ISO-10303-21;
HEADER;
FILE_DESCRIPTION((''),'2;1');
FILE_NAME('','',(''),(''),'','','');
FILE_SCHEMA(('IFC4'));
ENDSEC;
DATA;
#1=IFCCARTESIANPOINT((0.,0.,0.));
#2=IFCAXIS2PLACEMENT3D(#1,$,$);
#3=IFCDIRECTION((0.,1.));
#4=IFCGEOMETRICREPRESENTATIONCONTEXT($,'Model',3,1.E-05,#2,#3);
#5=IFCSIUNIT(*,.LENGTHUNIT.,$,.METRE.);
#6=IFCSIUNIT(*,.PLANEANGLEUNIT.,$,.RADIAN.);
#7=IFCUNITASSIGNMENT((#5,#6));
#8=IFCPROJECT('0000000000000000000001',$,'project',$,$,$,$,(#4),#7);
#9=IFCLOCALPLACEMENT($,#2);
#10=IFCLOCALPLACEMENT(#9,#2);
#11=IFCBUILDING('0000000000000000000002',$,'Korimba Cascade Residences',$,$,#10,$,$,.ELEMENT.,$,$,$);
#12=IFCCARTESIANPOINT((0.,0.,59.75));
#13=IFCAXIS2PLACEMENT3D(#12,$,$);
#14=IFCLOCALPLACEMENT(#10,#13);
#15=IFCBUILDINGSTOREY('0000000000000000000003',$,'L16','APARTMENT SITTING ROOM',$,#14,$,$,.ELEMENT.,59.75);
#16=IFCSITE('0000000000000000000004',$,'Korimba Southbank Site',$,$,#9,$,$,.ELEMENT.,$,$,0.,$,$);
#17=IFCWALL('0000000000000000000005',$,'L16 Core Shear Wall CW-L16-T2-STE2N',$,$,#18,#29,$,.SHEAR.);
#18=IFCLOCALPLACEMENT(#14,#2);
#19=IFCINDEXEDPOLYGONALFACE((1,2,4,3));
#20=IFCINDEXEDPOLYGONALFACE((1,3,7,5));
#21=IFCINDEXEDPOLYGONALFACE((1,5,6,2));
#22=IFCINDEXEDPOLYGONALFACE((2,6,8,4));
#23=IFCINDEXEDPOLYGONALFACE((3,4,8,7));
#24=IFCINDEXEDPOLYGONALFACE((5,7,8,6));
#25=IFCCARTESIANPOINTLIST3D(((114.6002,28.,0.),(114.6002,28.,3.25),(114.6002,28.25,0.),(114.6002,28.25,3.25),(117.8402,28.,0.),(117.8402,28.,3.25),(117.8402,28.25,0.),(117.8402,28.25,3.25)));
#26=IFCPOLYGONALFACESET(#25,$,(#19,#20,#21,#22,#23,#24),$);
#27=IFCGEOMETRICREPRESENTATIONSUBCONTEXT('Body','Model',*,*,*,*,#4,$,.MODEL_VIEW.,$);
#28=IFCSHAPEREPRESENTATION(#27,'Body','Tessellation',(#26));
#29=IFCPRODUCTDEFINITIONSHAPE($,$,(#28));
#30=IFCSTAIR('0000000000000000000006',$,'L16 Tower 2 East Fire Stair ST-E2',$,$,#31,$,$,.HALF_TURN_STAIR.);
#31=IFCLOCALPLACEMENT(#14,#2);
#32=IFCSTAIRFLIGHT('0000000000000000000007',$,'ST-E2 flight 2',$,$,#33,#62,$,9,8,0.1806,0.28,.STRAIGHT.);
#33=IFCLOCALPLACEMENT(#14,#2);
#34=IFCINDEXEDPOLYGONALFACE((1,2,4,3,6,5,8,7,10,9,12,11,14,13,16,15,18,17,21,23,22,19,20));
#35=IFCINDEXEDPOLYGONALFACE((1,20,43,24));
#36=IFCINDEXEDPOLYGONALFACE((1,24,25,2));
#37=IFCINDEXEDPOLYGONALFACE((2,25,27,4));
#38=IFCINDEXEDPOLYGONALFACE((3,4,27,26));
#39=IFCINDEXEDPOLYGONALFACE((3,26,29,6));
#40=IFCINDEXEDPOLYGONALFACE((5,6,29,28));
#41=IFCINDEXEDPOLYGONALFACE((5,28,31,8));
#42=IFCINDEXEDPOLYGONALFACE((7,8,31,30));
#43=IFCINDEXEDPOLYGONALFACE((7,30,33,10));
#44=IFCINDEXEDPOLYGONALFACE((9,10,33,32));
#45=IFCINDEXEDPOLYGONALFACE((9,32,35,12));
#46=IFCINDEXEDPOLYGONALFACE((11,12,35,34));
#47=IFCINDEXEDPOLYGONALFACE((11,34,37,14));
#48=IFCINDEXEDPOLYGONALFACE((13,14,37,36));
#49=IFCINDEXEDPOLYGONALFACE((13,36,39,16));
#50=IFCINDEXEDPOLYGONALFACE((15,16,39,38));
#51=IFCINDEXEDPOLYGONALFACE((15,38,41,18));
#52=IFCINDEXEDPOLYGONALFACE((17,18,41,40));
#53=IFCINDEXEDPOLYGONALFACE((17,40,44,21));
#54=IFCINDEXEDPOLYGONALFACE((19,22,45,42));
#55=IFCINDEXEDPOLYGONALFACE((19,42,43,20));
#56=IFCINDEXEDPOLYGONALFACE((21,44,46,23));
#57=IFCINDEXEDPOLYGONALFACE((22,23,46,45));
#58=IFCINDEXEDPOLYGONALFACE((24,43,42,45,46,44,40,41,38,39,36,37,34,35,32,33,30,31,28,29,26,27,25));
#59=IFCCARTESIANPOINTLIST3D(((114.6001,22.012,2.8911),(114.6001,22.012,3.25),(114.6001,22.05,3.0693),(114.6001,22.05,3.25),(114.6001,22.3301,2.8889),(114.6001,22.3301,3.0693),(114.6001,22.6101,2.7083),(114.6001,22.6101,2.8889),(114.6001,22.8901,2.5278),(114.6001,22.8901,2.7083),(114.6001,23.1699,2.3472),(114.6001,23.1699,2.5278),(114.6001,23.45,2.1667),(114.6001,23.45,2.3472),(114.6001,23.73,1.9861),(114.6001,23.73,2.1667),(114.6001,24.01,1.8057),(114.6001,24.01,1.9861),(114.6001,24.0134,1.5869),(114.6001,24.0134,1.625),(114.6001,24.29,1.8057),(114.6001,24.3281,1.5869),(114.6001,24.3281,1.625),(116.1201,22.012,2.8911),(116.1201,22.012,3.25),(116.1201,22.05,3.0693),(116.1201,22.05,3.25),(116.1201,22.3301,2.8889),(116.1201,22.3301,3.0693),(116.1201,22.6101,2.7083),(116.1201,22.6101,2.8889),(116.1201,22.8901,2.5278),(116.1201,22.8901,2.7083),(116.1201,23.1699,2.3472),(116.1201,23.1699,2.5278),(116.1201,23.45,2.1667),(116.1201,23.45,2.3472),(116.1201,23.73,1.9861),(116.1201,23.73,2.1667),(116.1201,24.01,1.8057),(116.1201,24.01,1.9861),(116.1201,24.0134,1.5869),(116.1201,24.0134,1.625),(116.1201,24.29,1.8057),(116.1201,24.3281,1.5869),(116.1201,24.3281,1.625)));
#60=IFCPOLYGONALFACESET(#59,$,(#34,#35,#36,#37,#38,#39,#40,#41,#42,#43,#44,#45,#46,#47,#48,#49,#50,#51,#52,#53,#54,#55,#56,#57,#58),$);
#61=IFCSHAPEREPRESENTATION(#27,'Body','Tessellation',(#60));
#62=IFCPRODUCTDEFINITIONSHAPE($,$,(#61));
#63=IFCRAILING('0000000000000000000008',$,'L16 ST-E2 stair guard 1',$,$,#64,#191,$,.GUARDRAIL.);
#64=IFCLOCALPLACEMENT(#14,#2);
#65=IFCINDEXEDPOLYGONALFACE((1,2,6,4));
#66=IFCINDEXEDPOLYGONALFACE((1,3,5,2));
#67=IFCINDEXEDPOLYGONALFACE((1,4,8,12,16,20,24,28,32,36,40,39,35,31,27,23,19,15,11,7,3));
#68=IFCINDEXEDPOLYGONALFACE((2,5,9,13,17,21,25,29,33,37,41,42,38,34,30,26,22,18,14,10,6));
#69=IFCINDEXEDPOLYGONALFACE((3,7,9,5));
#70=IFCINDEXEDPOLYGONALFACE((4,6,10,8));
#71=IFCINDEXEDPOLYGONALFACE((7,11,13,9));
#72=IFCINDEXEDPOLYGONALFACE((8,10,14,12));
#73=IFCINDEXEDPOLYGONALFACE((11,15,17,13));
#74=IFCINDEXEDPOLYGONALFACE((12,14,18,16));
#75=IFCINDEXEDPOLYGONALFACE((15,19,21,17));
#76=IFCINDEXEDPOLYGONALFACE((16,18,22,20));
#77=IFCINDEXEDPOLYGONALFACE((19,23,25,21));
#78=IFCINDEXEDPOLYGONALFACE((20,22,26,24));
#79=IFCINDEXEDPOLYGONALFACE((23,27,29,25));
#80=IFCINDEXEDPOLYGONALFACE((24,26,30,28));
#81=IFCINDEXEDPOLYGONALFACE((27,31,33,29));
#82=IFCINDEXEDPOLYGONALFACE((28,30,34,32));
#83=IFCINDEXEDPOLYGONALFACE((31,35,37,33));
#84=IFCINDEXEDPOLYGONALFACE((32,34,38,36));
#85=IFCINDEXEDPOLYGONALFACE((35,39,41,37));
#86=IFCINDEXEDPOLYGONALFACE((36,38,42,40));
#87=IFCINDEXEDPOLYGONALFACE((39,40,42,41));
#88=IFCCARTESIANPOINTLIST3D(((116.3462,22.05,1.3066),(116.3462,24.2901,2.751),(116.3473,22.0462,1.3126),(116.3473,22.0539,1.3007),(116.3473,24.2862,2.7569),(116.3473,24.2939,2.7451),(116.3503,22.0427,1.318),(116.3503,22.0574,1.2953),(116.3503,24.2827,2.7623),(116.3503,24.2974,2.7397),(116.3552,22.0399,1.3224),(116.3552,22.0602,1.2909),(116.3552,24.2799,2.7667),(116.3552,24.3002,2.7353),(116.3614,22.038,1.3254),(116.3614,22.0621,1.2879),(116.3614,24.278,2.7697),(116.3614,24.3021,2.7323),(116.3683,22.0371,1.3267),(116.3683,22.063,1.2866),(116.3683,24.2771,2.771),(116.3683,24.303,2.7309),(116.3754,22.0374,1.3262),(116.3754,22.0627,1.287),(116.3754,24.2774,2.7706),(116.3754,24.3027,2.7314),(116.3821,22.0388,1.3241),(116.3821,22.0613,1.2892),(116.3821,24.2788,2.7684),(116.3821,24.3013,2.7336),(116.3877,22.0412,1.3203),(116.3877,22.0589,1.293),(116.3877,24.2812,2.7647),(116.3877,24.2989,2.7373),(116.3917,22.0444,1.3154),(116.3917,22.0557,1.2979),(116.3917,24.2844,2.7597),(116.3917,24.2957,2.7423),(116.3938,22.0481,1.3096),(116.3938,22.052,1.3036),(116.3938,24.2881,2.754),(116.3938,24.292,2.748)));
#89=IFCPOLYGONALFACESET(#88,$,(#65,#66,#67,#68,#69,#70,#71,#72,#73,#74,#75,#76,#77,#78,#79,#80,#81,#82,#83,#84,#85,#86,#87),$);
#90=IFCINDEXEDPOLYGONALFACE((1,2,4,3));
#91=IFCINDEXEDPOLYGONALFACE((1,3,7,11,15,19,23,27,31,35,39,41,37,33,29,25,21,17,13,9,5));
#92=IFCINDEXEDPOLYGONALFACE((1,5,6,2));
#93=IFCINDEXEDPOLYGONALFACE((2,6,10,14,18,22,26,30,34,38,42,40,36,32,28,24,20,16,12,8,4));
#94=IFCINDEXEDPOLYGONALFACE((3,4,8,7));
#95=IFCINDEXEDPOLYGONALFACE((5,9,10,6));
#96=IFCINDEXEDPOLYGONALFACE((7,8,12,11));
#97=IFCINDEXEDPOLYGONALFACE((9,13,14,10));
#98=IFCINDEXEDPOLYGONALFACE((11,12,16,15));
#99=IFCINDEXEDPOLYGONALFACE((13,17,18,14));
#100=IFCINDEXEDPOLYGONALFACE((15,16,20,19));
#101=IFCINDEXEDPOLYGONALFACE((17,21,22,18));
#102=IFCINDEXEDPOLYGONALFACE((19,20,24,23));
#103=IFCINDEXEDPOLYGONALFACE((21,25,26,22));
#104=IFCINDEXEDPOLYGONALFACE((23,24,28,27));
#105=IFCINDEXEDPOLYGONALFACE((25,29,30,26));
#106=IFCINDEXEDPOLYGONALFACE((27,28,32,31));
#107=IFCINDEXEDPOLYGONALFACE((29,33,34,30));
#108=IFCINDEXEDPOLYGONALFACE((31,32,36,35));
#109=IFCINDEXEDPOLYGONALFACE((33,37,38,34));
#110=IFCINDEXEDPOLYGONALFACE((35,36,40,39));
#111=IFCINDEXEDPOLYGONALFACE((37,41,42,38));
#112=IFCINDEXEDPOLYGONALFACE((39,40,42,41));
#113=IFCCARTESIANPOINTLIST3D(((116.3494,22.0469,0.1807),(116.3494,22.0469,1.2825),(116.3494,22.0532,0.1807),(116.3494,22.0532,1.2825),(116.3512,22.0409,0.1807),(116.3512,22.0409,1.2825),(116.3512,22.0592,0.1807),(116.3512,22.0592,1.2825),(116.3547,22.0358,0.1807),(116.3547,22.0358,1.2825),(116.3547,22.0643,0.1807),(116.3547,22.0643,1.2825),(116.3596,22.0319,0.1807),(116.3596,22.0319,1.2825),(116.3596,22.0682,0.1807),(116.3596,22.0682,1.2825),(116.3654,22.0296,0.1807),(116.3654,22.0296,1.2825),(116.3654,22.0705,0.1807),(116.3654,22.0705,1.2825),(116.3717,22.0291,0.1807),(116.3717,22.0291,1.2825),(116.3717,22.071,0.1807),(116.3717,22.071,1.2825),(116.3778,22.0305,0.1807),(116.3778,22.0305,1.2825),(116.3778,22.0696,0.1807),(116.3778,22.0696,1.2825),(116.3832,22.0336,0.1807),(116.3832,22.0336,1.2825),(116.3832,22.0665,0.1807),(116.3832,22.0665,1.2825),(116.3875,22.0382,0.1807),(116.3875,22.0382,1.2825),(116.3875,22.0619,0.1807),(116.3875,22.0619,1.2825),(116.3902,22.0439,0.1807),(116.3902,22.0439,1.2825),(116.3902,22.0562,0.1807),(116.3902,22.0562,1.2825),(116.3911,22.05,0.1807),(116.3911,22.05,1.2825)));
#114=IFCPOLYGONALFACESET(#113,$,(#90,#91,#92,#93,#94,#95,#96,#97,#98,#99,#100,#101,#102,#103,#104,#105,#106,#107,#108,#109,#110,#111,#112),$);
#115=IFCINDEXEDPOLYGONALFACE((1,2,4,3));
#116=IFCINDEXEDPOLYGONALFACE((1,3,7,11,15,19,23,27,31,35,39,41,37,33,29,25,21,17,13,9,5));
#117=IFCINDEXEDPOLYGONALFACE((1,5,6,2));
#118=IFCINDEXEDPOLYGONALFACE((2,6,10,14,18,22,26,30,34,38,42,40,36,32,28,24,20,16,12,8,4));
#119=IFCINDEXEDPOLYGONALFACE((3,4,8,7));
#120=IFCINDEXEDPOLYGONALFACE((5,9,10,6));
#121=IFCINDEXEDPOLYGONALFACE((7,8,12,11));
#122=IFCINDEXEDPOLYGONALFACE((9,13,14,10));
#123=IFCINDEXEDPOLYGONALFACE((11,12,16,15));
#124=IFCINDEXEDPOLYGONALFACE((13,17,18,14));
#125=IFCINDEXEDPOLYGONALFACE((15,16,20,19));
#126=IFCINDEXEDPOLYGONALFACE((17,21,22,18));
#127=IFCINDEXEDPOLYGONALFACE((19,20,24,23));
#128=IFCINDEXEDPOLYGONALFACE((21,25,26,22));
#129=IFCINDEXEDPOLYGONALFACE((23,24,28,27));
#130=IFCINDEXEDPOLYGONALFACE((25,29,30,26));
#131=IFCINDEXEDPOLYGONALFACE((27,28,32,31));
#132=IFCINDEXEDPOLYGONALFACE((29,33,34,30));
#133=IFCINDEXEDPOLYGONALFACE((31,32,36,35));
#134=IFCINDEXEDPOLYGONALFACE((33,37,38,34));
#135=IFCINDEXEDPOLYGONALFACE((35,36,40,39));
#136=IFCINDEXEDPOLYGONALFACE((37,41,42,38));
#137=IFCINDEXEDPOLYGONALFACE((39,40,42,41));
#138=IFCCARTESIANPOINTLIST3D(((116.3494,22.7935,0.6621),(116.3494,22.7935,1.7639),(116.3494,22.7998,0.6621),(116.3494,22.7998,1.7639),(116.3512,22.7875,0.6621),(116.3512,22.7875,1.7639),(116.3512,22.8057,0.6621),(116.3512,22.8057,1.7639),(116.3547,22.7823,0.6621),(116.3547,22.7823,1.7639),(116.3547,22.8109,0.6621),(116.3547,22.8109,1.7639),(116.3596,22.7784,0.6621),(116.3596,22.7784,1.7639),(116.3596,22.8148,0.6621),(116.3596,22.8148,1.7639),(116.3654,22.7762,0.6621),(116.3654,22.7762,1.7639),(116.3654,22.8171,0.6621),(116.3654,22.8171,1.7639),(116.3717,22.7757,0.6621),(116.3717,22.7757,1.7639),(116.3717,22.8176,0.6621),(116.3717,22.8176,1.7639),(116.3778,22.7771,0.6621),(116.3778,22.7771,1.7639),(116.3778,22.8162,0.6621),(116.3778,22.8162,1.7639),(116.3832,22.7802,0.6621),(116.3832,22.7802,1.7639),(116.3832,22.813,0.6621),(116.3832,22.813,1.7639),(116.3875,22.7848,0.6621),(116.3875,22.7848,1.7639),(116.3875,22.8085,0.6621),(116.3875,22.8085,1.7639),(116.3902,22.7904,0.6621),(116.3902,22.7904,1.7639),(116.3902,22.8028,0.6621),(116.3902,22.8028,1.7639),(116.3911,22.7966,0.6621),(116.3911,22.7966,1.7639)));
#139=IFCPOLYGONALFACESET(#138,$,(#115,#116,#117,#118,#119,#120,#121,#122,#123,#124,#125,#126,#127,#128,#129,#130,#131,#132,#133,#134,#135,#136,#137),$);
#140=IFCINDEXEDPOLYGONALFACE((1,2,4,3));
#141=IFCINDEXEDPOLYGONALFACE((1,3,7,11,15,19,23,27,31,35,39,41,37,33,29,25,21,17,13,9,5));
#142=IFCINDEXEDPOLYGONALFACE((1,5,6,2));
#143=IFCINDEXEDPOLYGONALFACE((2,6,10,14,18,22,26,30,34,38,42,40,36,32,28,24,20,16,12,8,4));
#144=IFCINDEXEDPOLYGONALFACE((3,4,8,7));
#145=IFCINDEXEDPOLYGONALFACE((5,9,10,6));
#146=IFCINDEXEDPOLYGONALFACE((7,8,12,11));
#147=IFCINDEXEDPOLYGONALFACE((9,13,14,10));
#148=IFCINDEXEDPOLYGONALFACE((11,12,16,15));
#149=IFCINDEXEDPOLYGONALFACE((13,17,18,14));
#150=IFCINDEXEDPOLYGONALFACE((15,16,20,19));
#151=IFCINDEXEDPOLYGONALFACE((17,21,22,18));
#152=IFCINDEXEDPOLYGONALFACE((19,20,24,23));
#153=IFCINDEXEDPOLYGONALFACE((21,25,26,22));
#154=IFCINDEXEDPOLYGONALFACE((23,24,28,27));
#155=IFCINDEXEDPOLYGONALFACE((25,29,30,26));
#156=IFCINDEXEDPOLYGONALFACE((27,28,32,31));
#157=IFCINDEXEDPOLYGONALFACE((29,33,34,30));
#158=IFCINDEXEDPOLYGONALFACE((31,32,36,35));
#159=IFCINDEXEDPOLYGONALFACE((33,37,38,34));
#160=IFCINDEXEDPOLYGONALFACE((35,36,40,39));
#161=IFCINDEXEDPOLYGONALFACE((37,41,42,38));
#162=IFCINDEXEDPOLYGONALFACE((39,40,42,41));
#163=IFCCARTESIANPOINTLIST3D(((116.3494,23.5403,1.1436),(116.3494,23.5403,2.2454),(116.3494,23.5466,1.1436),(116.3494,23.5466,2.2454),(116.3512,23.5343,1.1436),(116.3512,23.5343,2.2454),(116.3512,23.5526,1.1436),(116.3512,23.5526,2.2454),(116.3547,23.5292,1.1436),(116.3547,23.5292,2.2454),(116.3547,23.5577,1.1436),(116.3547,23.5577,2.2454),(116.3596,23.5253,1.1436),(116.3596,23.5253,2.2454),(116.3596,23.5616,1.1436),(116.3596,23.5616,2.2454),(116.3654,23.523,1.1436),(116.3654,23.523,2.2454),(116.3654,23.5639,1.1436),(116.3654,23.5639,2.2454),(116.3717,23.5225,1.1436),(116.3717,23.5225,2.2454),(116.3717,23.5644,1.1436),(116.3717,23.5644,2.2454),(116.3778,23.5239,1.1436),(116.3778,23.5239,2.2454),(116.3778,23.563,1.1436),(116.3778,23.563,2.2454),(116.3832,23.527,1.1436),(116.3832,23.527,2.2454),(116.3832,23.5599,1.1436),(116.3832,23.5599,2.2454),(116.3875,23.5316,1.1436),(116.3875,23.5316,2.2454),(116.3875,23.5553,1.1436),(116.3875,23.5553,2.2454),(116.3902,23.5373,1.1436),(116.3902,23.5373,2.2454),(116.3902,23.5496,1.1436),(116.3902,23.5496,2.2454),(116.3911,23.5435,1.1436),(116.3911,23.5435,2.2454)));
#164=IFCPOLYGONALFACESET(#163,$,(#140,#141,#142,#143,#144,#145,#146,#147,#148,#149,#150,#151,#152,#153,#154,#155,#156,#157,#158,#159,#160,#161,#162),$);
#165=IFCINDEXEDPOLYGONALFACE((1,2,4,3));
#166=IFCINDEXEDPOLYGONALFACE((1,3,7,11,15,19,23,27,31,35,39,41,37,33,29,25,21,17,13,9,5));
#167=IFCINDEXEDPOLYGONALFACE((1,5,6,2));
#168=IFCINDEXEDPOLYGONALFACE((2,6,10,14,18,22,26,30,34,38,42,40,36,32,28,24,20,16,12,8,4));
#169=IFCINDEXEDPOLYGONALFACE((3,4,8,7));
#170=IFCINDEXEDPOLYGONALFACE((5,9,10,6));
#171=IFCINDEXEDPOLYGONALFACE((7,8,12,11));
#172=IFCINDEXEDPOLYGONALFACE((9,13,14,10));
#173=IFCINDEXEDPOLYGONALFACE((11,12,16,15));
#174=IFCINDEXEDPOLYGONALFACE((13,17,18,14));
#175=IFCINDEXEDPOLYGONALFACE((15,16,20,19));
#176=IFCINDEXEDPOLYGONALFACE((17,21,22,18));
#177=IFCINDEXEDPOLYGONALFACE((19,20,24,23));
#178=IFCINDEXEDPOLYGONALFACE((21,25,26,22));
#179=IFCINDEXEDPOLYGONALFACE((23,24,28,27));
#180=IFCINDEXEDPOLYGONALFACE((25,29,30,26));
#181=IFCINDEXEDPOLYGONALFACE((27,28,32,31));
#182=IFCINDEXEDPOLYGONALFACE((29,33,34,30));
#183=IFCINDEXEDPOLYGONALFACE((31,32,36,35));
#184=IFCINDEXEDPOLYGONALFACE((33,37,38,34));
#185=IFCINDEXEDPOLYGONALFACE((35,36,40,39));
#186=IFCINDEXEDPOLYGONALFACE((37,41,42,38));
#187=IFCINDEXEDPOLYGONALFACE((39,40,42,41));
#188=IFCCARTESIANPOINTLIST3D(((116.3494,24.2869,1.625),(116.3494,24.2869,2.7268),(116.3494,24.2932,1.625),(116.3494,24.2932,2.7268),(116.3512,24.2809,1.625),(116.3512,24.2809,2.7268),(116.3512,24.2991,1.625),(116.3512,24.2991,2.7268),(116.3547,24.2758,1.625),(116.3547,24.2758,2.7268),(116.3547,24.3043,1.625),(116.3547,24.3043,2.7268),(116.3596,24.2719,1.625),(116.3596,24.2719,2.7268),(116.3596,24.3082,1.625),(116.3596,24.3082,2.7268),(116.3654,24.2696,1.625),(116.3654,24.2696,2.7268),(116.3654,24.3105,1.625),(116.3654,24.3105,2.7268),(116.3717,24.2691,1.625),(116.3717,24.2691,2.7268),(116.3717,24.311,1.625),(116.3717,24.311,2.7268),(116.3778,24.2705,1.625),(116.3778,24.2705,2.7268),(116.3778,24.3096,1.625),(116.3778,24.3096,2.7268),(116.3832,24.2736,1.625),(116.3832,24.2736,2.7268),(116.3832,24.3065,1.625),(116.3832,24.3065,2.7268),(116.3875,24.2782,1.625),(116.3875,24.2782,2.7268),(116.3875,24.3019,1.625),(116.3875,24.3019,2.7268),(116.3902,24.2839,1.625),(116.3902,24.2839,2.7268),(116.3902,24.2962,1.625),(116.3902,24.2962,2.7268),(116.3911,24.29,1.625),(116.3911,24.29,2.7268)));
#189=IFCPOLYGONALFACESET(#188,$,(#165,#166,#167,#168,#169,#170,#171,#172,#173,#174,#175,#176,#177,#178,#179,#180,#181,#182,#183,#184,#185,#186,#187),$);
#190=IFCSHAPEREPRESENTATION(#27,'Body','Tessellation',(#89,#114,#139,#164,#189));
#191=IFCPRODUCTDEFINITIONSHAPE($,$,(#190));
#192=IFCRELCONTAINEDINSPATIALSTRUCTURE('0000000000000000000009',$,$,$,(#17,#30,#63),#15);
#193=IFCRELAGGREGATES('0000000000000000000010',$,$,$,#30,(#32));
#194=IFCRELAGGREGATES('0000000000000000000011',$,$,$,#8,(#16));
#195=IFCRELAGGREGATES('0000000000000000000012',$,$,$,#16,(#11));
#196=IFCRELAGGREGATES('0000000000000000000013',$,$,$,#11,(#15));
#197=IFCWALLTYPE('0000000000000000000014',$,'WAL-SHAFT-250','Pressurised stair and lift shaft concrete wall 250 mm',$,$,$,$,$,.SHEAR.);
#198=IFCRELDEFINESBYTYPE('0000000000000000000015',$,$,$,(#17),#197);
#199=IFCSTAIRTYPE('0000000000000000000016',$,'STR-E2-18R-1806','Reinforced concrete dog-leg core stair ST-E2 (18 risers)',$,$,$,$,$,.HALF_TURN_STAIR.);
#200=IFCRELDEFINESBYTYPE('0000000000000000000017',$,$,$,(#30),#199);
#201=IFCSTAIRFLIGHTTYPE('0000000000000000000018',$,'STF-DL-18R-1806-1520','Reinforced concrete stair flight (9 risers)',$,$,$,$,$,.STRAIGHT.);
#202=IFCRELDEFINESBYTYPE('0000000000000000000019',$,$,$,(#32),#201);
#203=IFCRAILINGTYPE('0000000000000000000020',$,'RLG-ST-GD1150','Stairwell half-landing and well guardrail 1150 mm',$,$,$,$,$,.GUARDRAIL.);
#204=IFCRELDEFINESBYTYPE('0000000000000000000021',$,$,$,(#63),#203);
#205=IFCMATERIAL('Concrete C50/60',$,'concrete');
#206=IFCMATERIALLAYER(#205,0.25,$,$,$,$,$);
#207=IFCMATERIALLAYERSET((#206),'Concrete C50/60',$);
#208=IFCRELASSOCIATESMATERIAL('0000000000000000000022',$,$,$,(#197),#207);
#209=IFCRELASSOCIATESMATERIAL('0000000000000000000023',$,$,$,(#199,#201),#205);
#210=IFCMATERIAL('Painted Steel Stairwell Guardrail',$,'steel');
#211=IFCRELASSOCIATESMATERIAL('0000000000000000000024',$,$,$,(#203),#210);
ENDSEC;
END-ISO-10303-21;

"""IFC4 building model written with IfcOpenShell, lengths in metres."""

from ifc_helpers import new_model, si_unit, direction, frame, frame_2d, origin, origin_2d, place, context, subcontext, project, spatial, polyline, rectangle, circle, outline, extrude, material, layer, layer_set, type_object, element, aggregate, save


model = new_model("IFC4")

# Units and contexts
model_context = context("Model", 3, precision=1e-05, world=origin(), true_north=direction((0.0, 1.0)))
body_context = subcontext(model_context, "Body", "Model", "MODEL_VIEW")
ifc_project = project(units=[si_unit("LENGTHUNIT", "METRE"), si_unit("PLANEANGLEUNIT", "RADIAN")], contexts=[model_context])

# Site, building, storey
site_placement = place(None, origin())
site = spatial("IfcSite", under=ifc_project, at=site_placement, Name="Korimba Southbank Site", CompositionType="ELEMENT", RefElevation=0.0)
building_placement = place(site_placement, origin())
building = spatial("IfcBuilding", under=site, at=building_placement, Name="Korimba Cascade Residences", CompositionType="ELEMENT")
storey_placement = place(building_placement, frame((0.0, 0.0, 59.75)))
storey = spatial("IfcBuildingStorey", under=building, at=storey_placement, Name="L16", Description="APARTMENT SITTING ROOM", CompositionType="ELEMENT", Elevation=59.75)

# Shared definitions
ifc_material_1 = material(Name="Concrete C50/60", Category="concrete")

# Shared definitions
ifc_layer_1 = layer(ifc_material_1, 0.25)
ifc_layer_set_1 = layer_set([ifc_layer_1], Name="Concrete C50/60")
wall_type_1 = type_object("IfcWallType", Name="WAL-SHAFT-250", Description="Pressurised stair and lift shaft concrete wall 250 mm", PredefinedType="SHEAR", material=ifc_layer_set_1)

# Wall
for number, where, z_axis, x_axis, name in (
    (1, (114.6001, 28.125, 0.0), (0.0, 0.0, 1.0), (1.0, 0.0, 0.0), "L16 Core Shear Wall CW-L16-T2-STE2N"),
):
    element("IfcWall", number, at=place(storey_placement, frame(where, z_axis=z_axis, x_axis=x_axis)), inside=storey, type_object=wall_type_1, Name=name, PredefinedType="SHEAR", context=body_context, shape_type="SweptSolid", body=[
        extrude(rectangle(XDim=3.24, YDim=0.25, at=frame_2d((1.6201, 0.0))), origin(), (0.0, 0.0, 1.0), 3.25),
    ])

# Stair, stair flight
stair_type = type_object("IfcStairType", Name="STR-E2-18R-1806", Description="Reinforced concrete dog-leg core stair ST-E2 (18 risers)", PredefinedType="HALF_TURN_STAIR", material=ifc_material_1)
stair_placement = place(storey_placement, origin())
stair = element("IfcStair", 2, at=stair_placement, inside=storey, type_object=stair_type, Name="L16 Tower 2 East Fire Stair ST-E2", PredefinedType="HALF_TURN_STAIR")
stair_flight_type = type_object("IfcStairFlightType", Name="STF-DL-18R-1806-1520", Description="Reinforced concrete stair flight (9 risers)", PredefinedType="STRAIGHT", material=ifc_material_1)
stair_flight_placement = place(storey_placement, frame((115.3601, 24.29, 1.625), z_axis=(0.0, 0.0, 1.0), x_axis=(0.0, -1.0, 0.0)))
stair_flight = element("IfcStairFlight", 3, at=stair_flight_placement, type_object=stair_flight_type, Name="ST-E2 flight 2", NumberOfRisers=9, NumberOfTreads=8, PredefinedType="STRAIGHT", RiserHeight=0.1806, TreadLength=0.28, context=body_context, shape_type="SweptSolid", body=[
    extrude(outline(polyline([(-0.0381, 0.0), (0.0, 0.1807), (0.28, 0.1807), (0.28, 0.3611), (0.5601, 0.3611), (0.5601, 0.5417), (0.8401, 0.5417), (0.8401, 0.7222), (1.1201, 0.7222), (1.1201, 0.9028), (1.3999, 0.9028), (1.3999, 1.0833), (1.6799, 1.0833), (1.6799, 1.2639), (1.96, 1.2639), (1.96, 1.4443), (2.24, 1.4443), (2.24, 1.625), (2.2781, 1.625), (2.2781, 1.2661), (0.2766, 0.0), (0.2766, -0.0381), (-0.0381, -0.0381), (-0.0381, 0.0)])), frame((0.0, 0.76, 0.0), z_axis=(0.0, -1.0, 0.0), x_axis=(1.0, 0.0, 0.0)), (0.0, 0.0, 1.0), 1.52),
])
aggregate(stair, [stair_flight])

# Railing
ifc_material_2 = material(Name="Painted Steel Stairwell Guardrail", Category="steel")
railing_type_1 = type_object("IfcRailingType", Name="RLG-ST-GD1150", Description="Stairwell half-landing and well guardrail 1150 mm", PredefinedType="GUARDRAIL", material=ifc_material_2)
railing_1_placement = place(storey_placement, frame((116.3701, 22.05, 0.1807)))
element("IfcRailing", 4, at=railing_1_placement, inside=storey, type_object=railing_type_1, Name="L16 ST-E2 stair guard 1", PredefinedType="GUARDRAIL", context=body_context, shape_type="SweptSolid", body=[
    extrude(circle(Radius=0.0239, at=origin_2d()), frame((0.0, 0.0, 1.126), z_axis=(0.0, 0.840437, 0.54191), x_axis=(-1.0, 0.0, 0.0)), (0.0, 0.0, 1.0), 2.6653),
    extrude(circle(Radius=0.021, at=origin_2d()), origin(), (0.0, 0.0, 1.0), 1.1018),
    extrude(circle(Radius=0.021, at=origin_2d()), frame((0.0, 0.7466, 0.4814)), (0.0, 0.0, 1.0), 1.1018),
    extrude(circle(Radius=0.021, at=origin_2d()), frame((0.0, 1.4934, 0.9629)), (0.0, 0.0, 1.0), 1.1018),
    extrude(circle(Radius=0.021, at=origin_2d()), frame((0.0, 2.24, 1.4443)), (0.0, 0.0, 1.0), 1.1018),
])

save(model, "model.ifc")
